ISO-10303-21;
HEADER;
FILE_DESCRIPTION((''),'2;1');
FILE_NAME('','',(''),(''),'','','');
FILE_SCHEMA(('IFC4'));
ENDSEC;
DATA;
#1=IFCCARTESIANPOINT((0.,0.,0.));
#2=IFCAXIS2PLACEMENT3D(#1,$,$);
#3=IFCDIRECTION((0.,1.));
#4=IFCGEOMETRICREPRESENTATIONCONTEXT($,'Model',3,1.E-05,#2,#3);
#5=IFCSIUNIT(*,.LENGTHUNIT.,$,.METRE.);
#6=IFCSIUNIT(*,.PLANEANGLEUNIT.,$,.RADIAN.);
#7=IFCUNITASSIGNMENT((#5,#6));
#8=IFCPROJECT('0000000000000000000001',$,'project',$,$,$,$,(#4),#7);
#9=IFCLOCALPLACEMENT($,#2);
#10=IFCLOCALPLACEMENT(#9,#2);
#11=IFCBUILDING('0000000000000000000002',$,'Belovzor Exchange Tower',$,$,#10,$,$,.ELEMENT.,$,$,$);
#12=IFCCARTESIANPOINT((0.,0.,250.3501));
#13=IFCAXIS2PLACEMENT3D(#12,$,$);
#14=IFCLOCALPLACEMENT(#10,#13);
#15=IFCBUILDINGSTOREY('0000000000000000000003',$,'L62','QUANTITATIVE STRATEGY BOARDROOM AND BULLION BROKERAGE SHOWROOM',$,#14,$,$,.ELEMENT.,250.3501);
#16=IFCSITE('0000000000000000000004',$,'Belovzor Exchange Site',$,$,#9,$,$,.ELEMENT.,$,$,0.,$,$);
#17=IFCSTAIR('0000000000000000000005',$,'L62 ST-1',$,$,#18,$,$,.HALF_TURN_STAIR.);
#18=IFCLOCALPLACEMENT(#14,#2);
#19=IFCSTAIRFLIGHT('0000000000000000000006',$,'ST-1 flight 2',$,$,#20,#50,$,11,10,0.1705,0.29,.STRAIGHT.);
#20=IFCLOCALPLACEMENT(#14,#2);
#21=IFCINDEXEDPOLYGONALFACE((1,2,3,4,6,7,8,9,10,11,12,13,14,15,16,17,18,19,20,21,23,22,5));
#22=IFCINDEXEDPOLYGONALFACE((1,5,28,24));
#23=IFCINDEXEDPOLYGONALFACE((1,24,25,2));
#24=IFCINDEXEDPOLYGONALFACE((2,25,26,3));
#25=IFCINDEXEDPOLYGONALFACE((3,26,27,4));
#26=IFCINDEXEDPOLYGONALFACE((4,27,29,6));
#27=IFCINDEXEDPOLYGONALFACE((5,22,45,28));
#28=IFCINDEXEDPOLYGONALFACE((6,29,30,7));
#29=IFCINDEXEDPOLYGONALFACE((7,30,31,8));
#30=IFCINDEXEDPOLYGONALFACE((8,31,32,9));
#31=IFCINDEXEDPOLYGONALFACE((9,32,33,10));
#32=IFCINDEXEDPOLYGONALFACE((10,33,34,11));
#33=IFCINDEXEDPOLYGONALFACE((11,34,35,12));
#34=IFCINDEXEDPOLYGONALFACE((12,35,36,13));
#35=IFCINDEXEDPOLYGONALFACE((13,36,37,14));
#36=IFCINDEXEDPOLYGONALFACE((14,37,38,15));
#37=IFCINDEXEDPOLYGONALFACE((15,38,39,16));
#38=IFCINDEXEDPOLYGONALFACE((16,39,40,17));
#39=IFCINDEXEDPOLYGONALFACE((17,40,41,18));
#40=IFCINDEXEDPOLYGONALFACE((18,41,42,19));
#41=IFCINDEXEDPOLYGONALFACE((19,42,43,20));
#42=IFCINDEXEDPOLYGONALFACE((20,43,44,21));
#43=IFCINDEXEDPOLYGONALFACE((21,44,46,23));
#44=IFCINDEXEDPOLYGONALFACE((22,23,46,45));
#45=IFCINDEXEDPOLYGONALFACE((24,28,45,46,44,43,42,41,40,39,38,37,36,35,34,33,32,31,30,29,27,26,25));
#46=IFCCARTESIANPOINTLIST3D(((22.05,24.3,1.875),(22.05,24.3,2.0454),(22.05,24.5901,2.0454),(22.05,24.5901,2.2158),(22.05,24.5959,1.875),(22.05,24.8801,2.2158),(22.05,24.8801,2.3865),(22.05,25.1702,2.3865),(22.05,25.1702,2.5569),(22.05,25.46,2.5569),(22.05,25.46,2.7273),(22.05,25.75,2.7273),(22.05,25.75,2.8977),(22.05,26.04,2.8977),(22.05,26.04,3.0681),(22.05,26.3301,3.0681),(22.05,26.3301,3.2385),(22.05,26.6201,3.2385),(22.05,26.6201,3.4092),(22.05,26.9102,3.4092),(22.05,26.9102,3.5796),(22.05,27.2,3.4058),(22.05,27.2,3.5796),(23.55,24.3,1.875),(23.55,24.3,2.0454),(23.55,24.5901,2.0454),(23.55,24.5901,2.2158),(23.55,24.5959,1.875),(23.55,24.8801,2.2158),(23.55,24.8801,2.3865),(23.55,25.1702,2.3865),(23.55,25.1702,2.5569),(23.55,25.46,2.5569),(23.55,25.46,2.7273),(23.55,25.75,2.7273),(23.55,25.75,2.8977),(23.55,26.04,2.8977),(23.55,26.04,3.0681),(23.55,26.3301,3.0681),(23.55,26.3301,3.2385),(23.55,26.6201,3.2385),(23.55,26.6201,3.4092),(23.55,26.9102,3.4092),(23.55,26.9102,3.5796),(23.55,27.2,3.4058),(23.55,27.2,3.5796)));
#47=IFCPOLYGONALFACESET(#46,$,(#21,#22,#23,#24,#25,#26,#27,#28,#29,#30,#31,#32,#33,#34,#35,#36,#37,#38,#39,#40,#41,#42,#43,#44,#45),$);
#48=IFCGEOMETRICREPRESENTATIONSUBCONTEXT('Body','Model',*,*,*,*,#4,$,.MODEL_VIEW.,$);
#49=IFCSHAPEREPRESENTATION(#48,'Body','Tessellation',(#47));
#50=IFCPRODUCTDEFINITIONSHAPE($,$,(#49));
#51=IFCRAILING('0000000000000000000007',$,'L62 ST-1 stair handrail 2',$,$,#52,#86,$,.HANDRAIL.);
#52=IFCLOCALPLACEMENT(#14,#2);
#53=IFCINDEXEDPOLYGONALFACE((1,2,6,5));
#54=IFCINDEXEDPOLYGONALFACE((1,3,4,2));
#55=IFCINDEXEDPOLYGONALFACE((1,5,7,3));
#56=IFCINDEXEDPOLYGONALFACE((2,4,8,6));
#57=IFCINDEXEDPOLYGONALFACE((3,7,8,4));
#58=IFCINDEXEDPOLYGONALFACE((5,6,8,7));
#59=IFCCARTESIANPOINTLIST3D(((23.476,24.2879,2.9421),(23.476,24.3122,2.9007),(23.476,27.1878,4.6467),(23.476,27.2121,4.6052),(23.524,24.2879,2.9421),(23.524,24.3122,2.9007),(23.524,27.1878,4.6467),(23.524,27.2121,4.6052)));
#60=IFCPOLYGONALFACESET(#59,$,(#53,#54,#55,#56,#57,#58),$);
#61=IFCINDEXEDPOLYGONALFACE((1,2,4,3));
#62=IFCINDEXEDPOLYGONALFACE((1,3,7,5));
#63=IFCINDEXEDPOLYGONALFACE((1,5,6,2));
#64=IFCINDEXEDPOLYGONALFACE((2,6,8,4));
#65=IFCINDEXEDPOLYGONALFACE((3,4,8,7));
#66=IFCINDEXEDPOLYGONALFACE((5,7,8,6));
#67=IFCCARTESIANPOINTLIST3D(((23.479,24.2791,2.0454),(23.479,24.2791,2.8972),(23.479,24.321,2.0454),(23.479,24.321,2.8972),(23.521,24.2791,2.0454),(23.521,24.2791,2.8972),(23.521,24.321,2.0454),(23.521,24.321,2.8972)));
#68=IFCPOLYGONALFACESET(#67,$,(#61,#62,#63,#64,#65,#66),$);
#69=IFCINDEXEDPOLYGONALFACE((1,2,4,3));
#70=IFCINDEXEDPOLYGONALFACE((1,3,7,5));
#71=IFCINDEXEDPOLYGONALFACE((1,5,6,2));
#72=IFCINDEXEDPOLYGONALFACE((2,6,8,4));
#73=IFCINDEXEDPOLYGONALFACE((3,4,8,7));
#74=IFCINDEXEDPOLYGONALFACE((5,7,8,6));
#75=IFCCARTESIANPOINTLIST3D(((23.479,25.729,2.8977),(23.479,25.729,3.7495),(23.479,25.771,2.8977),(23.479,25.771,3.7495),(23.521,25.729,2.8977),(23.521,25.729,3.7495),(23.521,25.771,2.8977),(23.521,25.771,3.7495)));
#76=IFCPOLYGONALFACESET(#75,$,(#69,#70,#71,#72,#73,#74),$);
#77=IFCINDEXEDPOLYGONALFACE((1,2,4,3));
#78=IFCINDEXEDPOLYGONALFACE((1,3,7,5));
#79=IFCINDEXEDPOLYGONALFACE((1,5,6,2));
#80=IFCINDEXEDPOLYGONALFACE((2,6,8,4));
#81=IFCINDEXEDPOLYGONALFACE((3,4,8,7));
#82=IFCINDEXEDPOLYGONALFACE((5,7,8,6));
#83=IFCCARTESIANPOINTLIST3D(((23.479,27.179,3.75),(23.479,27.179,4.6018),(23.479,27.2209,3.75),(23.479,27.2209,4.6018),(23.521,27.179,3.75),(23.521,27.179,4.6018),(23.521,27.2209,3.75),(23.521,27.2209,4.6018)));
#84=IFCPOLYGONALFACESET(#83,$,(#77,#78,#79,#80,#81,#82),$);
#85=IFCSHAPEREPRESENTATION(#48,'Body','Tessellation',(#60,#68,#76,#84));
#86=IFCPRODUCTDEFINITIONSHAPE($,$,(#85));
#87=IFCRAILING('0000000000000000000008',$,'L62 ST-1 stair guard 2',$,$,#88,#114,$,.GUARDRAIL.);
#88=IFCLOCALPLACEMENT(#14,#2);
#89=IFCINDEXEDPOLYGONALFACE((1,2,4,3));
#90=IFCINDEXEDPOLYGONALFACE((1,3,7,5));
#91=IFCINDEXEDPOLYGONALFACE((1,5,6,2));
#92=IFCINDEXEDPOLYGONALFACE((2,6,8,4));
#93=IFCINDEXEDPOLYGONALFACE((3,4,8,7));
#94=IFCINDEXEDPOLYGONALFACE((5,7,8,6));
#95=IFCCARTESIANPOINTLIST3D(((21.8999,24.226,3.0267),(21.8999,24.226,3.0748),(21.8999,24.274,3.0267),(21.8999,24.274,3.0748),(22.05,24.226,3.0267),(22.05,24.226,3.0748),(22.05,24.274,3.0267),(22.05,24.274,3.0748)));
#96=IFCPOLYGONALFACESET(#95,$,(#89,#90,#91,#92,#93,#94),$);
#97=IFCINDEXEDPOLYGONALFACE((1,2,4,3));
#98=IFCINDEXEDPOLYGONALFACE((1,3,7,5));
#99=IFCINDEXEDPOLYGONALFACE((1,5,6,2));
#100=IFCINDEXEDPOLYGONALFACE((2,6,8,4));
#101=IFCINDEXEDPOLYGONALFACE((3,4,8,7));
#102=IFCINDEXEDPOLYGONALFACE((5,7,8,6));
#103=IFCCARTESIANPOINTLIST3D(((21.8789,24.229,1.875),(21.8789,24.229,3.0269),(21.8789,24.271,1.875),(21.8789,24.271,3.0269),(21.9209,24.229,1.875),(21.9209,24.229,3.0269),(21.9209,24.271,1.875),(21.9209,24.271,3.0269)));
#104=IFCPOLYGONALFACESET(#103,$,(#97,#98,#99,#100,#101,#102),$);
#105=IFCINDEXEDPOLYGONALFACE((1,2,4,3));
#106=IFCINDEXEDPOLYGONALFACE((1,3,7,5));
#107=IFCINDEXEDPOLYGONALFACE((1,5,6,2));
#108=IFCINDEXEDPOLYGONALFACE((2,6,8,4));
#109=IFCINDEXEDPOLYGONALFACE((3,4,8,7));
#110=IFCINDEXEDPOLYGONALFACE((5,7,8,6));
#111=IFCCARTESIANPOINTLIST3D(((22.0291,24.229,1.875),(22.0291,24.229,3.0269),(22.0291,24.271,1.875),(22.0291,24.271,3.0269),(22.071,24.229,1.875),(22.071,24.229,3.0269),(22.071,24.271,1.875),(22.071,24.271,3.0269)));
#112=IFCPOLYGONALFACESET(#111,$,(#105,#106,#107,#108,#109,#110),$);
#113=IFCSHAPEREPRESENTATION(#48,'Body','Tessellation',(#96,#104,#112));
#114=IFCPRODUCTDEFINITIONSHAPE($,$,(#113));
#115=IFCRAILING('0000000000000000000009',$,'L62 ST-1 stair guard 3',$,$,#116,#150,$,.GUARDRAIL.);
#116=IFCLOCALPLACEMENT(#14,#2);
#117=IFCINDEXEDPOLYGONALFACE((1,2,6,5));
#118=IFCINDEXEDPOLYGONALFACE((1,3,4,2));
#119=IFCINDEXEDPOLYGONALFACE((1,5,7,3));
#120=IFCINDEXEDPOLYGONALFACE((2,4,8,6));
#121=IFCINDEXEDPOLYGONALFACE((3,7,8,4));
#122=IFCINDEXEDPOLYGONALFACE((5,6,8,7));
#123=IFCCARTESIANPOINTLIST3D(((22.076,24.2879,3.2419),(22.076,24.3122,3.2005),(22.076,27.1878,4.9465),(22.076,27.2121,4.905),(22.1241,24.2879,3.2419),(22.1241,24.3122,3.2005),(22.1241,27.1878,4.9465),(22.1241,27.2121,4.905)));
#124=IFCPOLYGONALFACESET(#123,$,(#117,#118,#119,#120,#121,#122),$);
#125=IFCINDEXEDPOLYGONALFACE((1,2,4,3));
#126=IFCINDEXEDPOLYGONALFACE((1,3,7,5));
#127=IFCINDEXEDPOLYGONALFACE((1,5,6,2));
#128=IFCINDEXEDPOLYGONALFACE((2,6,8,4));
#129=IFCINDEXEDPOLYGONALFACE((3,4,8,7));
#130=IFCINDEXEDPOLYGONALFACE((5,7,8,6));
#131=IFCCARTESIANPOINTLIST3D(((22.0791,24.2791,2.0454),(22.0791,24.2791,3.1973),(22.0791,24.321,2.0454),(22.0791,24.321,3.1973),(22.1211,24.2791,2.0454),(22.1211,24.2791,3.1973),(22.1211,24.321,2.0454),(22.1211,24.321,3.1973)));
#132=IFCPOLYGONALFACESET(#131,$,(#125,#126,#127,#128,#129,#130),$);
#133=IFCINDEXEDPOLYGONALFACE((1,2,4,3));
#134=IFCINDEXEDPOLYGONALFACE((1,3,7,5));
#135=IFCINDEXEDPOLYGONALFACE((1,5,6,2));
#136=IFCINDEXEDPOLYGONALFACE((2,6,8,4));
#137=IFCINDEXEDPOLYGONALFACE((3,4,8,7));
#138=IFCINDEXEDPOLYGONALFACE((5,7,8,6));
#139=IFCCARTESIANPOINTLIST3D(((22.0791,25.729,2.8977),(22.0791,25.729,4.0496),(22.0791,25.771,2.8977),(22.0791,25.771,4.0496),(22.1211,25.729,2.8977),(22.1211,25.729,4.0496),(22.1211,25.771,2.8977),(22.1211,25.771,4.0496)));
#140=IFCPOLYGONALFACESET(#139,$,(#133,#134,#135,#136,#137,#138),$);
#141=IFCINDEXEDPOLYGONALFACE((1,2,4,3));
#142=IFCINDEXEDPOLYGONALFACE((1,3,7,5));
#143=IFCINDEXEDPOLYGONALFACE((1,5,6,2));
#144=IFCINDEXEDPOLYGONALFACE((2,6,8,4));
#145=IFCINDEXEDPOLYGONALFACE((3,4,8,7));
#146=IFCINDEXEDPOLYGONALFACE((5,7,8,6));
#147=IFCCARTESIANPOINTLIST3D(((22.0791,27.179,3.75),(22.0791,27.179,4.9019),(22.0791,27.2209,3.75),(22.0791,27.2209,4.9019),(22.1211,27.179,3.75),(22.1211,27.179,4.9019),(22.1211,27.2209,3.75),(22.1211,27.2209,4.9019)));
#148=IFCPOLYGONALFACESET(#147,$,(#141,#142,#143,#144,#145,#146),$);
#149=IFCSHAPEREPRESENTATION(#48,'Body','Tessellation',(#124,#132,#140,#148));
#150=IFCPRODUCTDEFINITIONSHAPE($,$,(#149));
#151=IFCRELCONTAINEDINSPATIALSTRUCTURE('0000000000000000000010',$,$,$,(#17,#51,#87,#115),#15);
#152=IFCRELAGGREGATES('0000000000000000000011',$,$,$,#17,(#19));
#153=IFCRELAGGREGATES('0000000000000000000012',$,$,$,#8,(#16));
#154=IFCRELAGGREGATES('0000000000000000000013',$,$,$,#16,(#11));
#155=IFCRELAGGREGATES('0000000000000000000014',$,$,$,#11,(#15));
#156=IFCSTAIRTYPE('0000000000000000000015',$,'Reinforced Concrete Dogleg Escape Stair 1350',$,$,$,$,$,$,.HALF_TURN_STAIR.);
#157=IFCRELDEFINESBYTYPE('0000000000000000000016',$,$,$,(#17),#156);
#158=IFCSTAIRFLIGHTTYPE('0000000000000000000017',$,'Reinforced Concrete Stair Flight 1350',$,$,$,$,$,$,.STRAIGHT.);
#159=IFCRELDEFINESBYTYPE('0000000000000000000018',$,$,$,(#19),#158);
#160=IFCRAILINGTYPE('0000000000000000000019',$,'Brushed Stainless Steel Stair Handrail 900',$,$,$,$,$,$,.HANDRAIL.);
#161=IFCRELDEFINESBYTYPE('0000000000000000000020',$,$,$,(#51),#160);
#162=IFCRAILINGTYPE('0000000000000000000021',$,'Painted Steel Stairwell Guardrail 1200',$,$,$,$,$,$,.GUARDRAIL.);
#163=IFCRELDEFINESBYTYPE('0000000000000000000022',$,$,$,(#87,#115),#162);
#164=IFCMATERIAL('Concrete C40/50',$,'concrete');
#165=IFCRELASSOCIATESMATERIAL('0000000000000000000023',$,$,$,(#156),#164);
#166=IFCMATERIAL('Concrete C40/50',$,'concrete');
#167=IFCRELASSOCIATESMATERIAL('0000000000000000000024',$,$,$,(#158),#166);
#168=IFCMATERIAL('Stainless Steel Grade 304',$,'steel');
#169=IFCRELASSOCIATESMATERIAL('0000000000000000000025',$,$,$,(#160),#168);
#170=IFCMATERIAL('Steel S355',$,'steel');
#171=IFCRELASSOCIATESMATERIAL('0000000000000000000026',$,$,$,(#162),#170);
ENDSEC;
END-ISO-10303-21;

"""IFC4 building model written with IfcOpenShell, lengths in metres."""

from ifc_helpers import new_model, si_unit, direction, frame, origin, origin_2d, place, context, subcontext, project, spatial, polyline, rectangle, outline, extrude, material, type_object, element, aggregate, save


model = new_model("IFC4")

# Units and contexts
model_context = context("Model", 3, precision=1e-05, world=origin(), true_north=direction((0.0, 1.0)))
body_context = subcontext(model_context, "Body", "Model", "MODEL_VIEW")
ifc_project = project(units=[si_unit("LENGTHUNIT", "METRE"), si_unit("PLANEANGLEUNIT", "RADIAN")], contexts=[model_context])

# Site, building, storey
site_placement = place(None, origin())
site = spatial("IfcSite", under=ifc_project, at=site_placement, Name="Belovzor Exchange Site", CompositionType="ELEMENT", RefElevation=0.0)
building_placement = place(site_placement, origin())
building = spatial("IfcBuilding", under=site, at=building_placement, Name="Belovzor Exchange Tower", CompositionType="ELEMENT")
storey_placement = place(building_placement, frame((0.0, 0.0, 250.3501)))
storey = spatial("IfcBuildingStorey", under=building, at=storey_placement, Name="L62", Description="QUANTITATIVE STRATEGY BOARDROOM AND BULLION BROKERAGE SHOWROOM", CompositionType="ELEMENT", Elevation=250.3501)

# Stair, stair flight
ifc_material_1 = material(Name="Concrete C40/50", Category="concrete")
stair_type = type_object("IfcStairType", Name="Reinforced Concrete Dogleg Escape Stair 1350", PredefinedType="HALF_TURN_STAIR", material=ifc_material_1)
stair_placement = place(storey_placement, origin())
stair = element("IfcStair", 1, at=stair_placement, inside=storey, type_object=stair_type, Name="L62 ST-1", PredefinedType="HALF_TURN_STAIR")
ifc_material_2 = material(Name="Concrete C40/50", Category="concrete")
stair_flight_type = type_object("IfcStairFlightType", Name="Reinforced Concrete Stair Flight 1350", PredefinedType="STRAIGHT", material=ifc_material_2)
stair_flight_placement = place(storey_placement, frame((22.8, 24.3, 1.875), z_axis=(0.0, 0.0, 1.0), x_axis=(0.0, 1.0, 0.0)))
stair_flight = element("IfcStairFlight", 2, at=stair_flight_placement, type_object=stair_flight_type, Name="ST-1 flight 2", NumberOfRisers=11, NumberOfTreads=10, PredefinedType="STRAIGHT", RiserHeight=0.1705, TreadLength=0.29, context=body_context, shape_type="SweptSolid", body=[
    extrude(outline(polyline([(0.0, 0.0), (0.0, 0.1704), (0.29, 0.1704), (0.29, 0.3408), (0.5801, 0.3408), (0.5801, 0.5115), (0.8701, 0.5115), (0.8701, 0.6819), (1.1599, 0.6819), (1.1599, 0.8523), (1.45, 0.8523), (1.45, 1.0227), (1.74, 1.0227), (1.74, 1.1931), (2.03, 1.1931), (2.03, 1.3635), (2.3201, 1.3635), (2.3201, 1.5342), (2.6101, 1.5342), (2.6101, 1.7046), (2.8999, 1.7046), (2.8999, 1.875), (2.8999, 1.5308), (0.2959, 0.0), (0.0, 0.0)])), frame((0.0, 0.75, 0.0), z_axis=(0.0, -1.0, 0.0), x_axis=(1.0, 0.0, 0.0)), (0.0, 0.0, 1.0), 1.5),
])
aggregate(stair, [stair_flight])

# Railings
ifc_material_3 = material(Name="Stainless Steel Grade 304", Category="steel")
railing_type_1 = type_object("IfcRailingType", Name="Brushed Stainless Steel Stair Handrail 900", PredefinedType="HANDRAIL", material=ifc_material_3)
railing_1_placement = place(storey_placement, frame((23.5, 24.3, 2.0454)))
element("IfcRailing", 3, at=railing_1_placement, inside=storey, type_object=railing_type_1, Name="L62 ST-1 stair handrail 2", PredefinedType="HANDRAIL", context=body_context, shape_type="SweptSolid", body=[
    extrude(rectangle(XDim=0.0481, YDim=0.0481, at=origin_2d()), frame((0.0, 0.0, 0.876), z_axis=(0.0, 0.862095, 0.506747), x_axis=(-1.0, 0.0, 0.0)), (0.0, 0.0, 1.0), 3.3638),
    extrude(rectangle(XDim=0.042, YDim=0.042, at=origin_2d()), origin(), (0.0, 0.0, 1.0), 0.8518),
    extrude(rectangle(XDim=0.042, YDim=0.042, at=origin_2d()), frame((0.0, 1.45, 0.8523)), (0.0, 0.0, 1.0), 0.8518),
    extrude(rectangle(XDim=0.042, YDim=0.042, at=origin_2d()), frame((0.0, 2.8999, 1.7046)), (0.0, 0.0, 1.0), 0.8518),
])
ifc_material_4 = material(Name="Steel S355", Category="steel")
railing_type_2 = type_object("IfcRailingType", Name="Painted Steel Stairwell Guardrail 1200", PredefinedType="GUARDRAIL", material=ifc_material_4)
railing_2_placement = place(storey_placement, frame((21.8999, 24.25, 1.875)))
element("IfcRailing", 4, at=railing_2_placement, inside=storey, type_object=railing_type_2, Name="L62 ST-1 stair guard 2", PredefinedType="GUARDRAIL", context=body_context, shape_type="SweptSolid", body=[
    extrude(rectangle(XDim=0.0481, YDim=0.0481, at=origin_2d()), frame((0.0, 0.0, 1.1758), z_axis=(1.0, 0.0, 0.0), x_axis=(0.0, 1.0, 0.0)), (0.0, 0.0, 1.0), 0.1501),
    extrude(rectangle(XDim=0.042, YDim=0.042, at=origin_2d()), origin(), (0.0, 0.0, 1.0), 1.1519),
    extrude(rectangle(XDim=0.042, YDim=0.042, at=origin_2d()), frame((0.1501, 0.0, 0.0)), (0.0, 0.0, 1.0), 1.1519),
])
railing_3_placement = place(storey_placement, frame((22.1001, 24.3, 2.0454)))
element("IfcRailing", 5, at=railing_3_placement, inside=storey, type_object=railing_type_2, Name="L62 ST-1 stair guard 3", PredefinedType="GUARDRAIL", context=body_context, shape_type="SweptSolid", body=[
    extrude(rectangle(XDim=0.0481, YDim=0.0481, at=origin_2d()), frame((0.0, 0.0, 1.1758), z_axis=(0.0, 0.862095, 0.506747), x_axis=(-1.0, 0.0, 0.0)), (0.0, 0.0, 1.0), 3.3638),
    extrude(rectangle(XDim=0.042, YDim=0.042, at=origin_2d()), origin(), (0.0, 0.0, 1.0), 1.1519),
    extrude(rectangle(XDim=0.042, YDim=0.042, at=origin_2d()), frame((0.0, 1.45, 0.8523)), (0.0, 0.0, 1.0), 1.1519),
    extrude(rectangle(XDim=0.042, YDim=0.042, at=origin_2d()), frame((0.0, 2.8999, 1.7046)), (0.0, 0.0, 1.0), 1.1519),
])

save(model, "model.ifc")
